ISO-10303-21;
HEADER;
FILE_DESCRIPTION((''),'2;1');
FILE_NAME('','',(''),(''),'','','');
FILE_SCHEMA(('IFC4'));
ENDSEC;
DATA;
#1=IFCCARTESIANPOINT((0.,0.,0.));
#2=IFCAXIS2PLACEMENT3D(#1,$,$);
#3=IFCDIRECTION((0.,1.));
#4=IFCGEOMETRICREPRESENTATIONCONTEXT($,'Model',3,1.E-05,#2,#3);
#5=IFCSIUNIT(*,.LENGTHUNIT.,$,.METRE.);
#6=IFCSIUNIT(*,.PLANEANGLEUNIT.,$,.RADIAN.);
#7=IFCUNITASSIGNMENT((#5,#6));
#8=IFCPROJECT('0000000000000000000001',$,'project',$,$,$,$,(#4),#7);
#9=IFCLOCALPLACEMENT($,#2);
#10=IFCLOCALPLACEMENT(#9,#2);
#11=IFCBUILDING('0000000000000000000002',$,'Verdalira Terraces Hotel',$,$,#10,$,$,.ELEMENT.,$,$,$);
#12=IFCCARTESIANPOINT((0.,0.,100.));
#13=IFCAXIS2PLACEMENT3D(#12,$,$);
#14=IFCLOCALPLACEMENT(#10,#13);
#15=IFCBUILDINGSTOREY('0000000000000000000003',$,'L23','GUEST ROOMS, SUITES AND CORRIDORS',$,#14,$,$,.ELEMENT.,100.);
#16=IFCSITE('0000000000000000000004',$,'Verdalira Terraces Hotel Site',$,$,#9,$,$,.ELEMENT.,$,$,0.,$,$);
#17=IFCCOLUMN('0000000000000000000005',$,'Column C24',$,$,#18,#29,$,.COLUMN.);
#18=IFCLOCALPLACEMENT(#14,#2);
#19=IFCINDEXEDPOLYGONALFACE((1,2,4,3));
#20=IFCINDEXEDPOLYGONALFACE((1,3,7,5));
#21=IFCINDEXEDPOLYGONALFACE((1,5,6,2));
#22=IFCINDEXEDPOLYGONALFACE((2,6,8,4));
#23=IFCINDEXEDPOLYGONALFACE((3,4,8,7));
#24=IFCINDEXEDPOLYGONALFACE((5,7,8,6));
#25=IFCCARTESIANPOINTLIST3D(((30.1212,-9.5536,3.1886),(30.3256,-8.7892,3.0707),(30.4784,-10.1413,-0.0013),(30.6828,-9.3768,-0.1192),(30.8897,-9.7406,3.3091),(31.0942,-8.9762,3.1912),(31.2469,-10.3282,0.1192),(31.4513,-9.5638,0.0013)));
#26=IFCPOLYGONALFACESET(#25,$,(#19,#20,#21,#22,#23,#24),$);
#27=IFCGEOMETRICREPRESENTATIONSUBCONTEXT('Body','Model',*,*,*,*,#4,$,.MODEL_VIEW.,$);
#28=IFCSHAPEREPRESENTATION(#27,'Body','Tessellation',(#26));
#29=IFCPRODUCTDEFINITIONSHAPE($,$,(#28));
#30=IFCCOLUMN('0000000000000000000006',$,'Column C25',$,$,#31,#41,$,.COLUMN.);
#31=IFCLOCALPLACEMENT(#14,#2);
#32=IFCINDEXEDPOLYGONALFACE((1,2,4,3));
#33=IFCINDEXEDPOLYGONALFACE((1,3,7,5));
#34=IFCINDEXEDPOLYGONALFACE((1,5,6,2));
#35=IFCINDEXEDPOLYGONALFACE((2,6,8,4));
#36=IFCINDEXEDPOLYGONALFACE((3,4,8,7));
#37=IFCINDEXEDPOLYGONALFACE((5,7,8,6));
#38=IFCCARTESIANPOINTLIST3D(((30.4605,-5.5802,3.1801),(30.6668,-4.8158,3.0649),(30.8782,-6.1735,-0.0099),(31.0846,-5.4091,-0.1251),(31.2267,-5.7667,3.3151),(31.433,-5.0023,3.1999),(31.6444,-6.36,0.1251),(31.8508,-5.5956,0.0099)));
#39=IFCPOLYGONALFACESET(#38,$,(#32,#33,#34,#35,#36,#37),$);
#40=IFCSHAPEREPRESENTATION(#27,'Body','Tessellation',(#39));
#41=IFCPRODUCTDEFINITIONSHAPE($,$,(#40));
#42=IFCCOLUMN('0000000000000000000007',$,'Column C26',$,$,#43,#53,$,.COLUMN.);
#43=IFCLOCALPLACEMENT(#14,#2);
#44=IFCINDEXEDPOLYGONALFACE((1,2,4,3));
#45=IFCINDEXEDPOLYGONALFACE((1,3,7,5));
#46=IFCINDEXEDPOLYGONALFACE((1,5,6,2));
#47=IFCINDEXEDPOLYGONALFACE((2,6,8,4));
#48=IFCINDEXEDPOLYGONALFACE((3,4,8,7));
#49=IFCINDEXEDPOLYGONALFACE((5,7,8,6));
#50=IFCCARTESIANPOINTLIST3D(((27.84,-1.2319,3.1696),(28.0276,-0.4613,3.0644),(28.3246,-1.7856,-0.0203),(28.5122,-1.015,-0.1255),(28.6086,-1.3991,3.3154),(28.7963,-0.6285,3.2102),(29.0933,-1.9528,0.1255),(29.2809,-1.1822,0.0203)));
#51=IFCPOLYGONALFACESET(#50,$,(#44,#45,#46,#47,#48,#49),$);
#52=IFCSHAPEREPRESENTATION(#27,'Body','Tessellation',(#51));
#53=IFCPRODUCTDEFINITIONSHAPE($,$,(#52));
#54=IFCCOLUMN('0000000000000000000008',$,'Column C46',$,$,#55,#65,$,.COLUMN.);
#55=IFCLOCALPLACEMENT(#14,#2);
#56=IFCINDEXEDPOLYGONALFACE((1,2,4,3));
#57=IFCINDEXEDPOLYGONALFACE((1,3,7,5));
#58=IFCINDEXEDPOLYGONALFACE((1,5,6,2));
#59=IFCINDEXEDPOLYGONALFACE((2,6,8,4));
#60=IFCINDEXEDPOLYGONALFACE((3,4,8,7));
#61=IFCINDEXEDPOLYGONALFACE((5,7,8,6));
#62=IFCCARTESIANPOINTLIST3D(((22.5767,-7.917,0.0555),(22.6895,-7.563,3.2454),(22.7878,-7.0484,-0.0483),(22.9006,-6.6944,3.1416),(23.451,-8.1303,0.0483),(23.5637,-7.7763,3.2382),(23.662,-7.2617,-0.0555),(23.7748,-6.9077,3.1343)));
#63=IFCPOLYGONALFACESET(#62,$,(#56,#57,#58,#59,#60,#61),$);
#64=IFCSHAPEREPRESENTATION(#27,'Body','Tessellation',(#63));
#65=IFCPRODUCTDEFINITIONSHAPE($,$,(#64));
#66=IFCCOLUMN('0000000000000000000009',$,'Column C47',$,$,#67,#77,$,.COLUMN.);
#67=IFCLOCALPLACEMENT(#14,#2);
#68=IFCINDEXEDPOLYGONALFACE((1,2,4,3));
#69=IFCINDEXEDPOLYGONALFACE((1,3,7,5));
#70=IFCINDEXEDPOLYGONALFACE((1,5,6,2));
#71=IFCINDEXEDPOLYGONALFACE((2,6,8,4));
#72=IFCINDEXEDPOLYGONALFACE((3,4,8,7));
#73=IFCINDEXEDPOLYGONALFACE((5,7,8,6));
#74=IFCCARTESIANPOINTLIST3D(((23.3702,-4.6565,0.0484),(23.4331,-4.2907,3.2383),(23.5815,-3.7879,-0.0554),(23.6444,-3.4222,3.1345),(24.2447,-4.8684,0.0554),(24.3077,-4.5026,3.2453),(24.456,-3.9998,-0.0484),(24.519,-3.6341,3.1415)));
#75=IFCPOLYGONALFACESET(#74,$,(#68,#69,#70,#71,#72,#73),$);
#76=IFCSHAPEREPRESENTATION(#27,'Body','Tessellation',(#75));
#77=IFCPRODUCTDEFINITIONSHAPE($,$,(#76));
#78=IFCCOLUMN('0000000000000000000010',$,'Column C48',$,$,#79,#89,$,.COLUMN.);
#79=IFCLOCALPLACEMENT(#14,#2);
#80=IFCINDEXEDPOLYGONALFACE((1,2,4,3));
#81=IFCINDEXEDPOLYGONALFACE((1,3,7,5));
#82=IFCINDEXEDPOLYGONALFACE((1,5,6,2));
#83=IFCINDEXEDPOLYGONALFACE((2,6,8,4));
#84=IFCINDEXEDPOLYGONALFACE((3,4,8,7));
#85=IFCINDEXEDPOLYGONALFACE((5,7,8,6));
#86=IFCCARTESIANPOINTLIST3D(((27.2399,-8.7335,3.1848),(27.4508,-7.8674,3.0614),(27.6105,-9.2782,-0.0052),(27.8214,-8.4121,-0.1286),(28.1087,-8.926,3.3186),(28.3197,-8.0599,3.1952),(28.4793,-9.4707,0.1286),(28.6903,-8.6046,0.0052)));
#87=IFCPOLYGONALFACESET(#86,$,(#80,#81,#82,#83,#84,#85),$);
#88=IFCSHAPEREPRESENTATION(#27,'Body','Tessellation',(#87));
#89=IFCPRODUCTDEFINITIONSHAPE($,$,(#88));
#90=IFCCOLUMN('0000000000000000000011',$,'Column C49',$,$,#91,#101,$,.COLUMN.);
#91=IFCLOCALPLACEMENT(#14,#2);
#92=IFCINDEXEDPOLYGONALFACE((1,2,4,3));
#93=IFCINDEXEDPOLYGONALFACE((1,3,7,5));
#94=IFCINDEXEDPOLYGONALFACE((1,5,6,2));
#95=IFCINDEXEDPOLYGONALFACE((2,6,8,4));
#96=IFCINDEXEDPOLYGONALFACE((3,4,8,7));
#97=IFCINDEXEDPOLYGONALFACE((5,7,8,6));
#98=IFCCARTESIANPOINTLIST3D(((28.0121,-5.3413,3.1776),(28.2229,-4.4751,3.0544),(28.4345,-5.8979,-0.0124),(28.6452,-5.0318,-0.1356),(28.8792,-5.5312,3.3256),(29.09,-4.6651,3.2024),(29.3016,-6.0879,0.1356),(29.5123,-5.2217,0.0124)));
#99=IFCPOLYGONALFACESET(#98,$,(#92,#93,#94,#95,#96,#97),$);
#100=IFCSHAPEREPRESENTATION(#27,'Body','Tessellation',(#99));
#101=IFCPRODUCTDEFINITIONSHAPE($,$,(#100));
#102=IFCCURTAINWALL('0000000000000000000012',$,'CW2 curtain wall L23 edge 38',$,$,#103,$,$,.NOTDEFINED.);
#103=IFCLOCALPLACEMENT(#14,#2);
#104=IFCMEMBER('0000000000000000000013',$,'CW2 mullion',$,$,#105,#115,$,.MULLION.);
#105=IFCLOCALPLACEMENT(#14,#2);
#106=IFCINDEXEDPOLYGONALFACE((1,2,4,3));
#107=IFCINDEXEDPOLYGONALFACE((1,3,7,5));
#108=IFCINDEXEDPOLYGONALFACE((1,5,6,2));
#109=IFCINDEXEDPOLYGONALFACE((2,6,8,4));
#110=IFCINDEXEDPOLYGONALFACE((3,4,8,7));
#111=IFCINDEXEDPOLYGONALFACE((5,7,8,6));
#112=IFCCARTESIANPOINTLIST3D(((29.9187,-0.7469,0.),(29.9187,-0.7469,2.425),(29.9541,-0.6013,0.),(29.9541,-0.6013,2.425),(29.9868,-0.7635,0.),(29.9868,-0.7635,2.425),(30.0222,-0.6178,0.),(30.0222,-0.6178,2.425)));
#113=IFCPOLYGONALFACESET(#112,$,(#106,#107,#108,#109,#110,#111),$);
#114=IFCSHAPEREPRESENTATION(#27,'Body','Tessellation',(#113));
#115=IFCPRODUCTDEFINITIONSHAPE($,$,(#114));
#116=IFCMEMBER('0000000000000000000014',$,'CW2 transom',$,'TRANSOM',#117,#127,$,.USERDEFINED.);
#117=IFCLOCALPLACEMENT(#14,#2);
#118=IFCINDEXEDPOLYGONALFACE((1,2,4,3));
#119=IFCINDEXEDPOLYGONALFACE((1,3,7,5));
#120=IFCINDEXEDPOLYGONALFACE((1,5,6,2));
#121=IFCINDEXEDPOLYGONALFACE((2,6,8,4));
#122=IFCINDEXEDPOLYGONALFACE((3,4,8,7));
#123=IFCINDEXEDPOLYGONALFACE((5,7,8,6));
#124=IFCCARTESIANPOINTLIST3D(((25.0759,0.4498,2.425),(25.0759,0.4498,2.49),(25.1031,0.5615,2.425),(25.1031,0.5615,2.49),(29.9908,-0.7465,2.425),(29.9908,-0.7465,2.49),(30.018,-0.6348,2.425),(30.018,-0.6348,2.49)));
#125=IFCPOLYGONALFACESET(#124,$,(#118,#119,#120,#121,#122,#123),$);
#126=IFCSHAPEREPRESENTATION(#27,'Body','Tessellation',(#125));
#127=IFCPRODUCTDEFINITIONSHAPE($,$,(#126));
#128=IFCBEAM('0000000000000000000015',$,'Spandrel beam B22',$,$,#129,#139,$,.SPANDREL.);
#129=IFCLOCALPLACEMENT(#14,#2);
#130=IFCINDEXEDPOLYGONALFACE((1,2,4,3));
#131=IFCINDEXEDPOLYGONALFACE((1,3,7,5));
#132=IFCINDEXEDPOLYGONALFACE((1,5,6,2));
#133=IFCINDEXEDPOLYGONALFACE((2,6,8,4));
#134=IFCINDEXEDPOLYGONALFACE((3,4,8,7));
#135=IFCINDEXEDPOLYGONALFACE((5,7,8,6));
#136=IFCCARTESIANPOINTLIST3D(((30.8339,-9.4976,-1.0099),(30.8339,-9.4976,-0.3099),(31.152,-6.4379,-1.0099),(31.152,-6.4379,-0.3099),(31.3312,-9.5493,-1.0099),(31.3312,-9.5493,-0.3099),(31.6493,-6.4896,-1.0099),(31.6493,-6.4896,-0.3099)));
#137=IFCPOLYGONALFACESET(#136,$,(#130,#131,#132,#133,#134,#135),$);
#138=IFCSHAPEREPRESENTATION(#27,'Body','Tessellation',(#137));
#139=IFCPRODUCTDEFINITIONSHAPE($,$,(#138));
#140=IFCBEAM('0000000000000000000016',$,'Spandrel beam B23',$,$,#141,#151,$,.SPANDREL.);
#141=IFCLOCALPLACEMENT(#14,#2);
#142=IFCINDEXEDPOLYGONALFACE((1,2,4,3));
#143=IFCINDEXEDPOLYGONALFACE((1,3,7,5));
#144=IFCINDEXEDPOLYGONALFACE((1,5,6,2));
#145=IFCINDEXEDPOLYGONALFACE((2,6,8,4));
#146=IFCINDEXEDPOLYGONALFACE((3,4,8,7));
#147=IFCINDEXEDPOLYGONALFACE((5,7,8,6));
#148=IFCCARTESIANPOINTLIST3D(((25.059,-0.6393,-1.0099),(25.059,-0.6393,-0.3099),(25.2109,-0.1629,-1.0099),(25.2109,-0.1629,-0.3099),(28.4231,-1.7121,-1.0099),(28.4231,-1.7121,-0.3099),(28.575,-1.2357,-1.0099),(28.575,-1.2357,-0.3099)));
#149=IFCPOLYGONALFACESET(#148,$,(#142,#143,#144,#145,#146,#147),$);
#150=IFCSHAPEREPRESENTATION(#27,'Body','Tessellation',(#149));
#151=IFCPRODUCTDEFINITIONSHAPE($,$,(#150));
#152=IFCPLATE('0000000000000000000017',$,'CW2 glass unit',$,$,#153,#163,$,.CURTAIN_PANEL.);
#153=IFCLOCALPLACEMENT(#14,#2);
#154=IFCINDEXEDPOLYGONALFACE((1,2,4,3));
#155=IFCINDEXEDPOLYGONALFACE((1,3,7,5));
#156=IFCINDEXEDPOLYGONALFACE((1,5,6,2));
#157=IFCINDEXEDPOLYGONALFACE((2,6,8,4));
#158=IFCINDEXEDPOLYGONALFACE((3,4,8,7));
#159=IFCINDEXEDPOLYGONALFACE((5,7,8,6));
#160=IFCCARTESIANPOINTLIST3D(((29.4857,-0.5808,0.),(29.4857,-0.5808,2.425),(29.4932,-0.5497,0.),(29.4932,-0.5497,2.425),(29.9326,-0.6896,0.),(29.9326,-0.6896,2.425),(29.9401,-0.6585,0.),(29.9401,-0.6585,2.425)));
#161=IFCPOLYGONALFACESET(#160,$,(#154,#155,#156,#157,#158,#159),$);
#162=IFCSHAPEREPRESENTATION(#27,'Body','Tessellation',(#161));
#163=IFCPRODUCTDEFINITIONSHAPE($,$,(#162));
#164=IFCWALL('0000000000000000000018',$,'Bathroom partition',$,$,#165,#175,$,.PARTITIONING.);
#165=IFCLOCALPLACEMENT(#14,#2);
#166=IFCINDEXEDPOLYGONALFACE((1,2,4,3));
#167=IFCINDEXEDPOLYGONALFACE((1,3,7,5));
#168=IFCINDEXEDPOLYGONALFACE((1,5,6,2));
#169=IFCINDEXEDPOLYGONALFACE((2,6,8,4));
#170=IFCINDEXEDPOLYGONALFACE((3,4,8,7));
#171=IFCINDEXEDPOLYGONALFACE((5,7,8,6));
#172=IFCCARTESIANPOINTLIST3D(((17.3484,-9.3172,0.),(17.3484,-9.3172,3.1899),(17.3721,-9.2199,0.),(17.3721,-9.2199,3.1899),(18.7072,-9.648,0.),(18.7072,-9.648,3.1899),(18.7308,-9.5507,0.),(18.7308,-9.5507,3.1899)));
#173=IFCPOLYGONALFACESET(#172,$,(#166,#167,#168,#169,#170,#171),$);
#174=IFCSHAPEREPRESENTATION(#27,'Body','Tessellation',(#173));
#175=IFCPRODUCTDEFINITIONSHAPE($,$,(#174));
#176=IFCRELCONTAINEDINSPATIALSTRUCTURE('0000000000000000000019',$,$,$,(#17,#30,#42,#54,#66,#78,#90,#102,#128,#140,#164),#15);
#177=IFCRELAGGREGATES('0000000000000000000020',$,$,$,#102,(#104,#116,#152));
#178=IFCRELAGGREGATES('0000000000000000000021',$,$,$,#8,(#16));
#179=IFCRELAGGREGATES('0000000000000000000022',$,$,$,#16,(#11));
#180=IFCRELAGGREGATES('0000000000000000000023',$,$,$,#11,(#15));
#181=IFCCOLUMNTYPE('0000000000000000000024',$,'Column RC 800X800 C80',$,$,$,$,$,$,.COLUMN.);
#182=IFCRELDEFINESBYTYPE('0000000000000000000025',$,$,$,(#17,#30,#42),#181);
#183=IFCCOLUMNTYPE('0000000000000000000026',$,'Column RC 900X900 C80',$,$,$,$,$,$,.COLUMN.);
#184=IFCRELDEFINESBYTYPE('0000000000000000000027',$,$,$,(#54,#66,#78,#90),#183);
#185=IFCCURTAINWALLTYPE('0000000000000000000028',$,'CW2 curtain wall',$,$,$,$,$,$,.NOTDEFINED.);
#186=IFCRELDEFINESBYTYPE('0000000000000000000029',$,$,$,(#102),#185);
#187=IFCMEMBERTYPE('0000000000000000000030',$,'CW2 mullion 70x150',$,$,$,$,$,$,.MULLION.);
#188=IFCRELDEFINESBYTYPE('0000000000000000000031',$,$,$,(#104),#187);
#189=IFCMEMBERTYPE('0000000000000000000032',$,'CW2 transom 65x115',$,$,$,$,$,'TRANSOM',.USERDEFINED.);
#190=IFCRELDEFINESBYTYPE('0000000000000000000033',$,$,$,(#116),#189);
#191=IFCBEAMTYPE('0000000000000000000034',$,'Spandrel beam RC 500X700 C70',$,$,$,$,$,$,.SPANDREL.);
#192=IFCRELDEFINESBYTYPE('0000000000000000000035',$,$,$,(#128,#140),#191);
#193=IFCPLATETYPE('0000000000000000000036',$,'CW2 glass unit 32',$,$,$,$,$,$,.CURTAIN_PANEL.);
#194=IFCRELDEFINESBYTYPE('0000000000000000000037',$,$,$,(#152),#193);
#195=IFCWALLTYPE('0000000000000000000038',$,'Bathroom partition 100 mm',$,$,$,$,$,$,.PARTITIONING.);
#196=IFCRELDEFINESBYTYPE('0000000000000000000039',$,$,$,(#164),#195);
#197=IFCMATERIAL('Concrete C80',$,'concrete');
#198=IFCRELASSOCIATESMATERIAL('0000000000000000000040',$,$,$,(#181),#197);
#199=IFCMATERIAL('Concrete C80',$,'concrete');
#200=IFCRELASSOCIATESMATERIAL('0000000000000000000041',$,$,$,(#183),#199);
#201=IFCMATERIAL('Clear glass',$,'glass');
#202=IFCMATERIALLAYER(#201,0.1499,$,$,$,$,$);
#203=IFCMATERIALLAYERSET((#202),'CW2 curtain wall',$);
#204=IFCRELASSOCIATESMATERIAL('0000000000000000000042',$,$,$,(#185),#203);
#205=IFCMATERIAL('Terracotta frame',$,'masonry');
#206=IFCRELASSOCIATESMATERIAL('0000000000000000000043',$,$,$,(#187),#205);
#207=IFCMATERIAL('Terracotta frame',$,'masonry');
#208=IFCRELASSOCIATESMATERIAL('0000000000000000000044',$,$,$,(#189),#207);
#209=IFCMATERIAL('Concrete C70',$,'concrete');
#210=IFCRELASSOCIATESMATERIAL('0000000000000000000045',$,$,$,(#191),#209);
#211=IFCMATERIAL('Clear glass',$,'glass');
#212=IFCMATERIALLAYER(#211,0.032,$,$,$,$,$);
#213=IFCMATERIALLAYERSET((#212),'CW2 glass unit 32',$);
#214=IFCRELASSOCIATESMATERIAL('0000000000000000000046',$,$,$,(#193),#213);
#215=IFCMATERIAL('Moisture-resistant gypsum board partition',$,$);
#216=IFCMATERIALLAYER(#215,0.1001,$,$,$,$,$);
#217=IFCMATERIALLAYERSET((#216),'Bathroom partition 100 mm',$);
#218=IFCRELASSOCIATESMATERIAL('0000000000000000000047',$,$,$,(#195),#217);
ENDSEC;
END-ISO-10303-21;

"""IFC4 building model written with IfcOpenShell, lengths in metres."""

from ifc_helpers import new_model, si_unit, direction, frame, frame_2d, origin, origin_2d, place, context, subcontext, project, spatial, rectangle, extrude, material, layer, layer_set, material_profile, profile_set, type_object, element, aggregate, save


model = new_model("IFC4")

# Units and contexts
model_context = context("Model", 3, precision=1e-05, world=origin(), true_north=direction((0.0, 1.0)))
body_context = subcontext(model_context, "Body", "Model", "MODEL_VIEW")
ifc_project = project(units=[si_unit("LENGTHUNIT", "METRE"), si_unit("PLANEANGLEUNIT", "RADIAN")], contexts=[model_context])

# Site, building, storey
site_placement = place(None, origin())
site = spatial("IfcSite", under=ifc_project, at=site_placement, Name="Verdalira Terraces Hotel Site", CompositionType="ELEMENT", RefElevation=0.0)
building_placement = place(site_placement, origin())
building = spatial("IfcBuilding", under=site, at=building_placement, Name="Verdalira Terraces Hotel", CompositionType="ELEMENT")
storey_placement = place(building_placement, frame((0.0, 0.0, 100.0)))
storey = spatial("IfcBuildingStorey", under=building, at=storey_placement, Name="L23", Description="GUEST ROOMS, SUITES AND CORRIDORS", CompositionType="ELEMENT", Elevation=100.0)

# Columns
ifc_material_1 = material(Name="Concrete C80", Category="concrete")
ifc_material_profile_1 = material_profile(ifc_material_1, rectangle(XDim=0.8, YDim=0.8, at=origin_2d()), Name="RC 800X800")
ifc_profile_set_1 = profile_set([ifc_material_profile_1], Name="Concrete C80")
column_type_1 = type_object("IfcColumnType", Name="Column RC 800X800 C80", PredefinedType="COLUMN", material=ifc_profile_set_1)
column_1_placement = place(storey_placement, frame((30.9648, -9.8525, 0.0), z_axis=(-0.109455, 0.180082, 0.977543), x_axis=(0.255562, 0.955489, -0.147404)))
element("IfcColumn", 1, at=column_1_placement, inside=storey, type_object=column_type_1, Name="Column C24", PredefinedType="COLUMN", context=body_context, shape_type="SweptSolid", body=[
    extrude(rectangle(XDim=0.8, YDim=0.8, at=origin_2d()), origin(), (0.0, 0.0, 1.0), 3.2632),
])
column_2_placement = place(storey_placement, frame((31.3645, -5.8845, 0.0), z_axis=(-0.127689, 0.181347, 0.975094), x_axis=(0.257908, 0.955392, -0.143909)))
element("IfcColumn", 2, at=column_2_placement, inside=storey, type_object=column_type_1, Name="Column C25", PredefinedType="COLUMN", context=body_context, shape_type="SweptSolid", body=[
    extrude(rectangle(XDim=0.8, YDim=0.8, at=origin_2d()), origin(), (0.0, 0.0, 1.0), 3.2715),
])
column_3_placement = place(storey_placement, frame((28.8027, -1.4839, 0.0), z_axis=(-0.148034, 0.169139, 0.974412), x_axis=(-0.960776, 0.209036, -0.182247)))
element("IfcColumn", 3, at=column_3_placement, inside=storey, type_object=column_type_1, Name="Column C26", PredefinedType="COLUMN", context=body_context, shape_type="SweptSolid", body=[
    extrude(rectangle(XDim=0.8, YDim=0.8, at=origin_2d()), origin(), (0.0, 0.0, 1.0), 3.2737),
])
ifc_material_2 = material(Name="Concrete C80", Category="concrete")
ifc_material_profile_2 = material_profile(ifc_material_2, rectangle(XDim=0.8999, YDim=0.8999, at=origin_2d()), Name="RC 900X900")
ifc_profile_set_2 = profile_set([ifc_material_profile_2], Name="Concrete C80")
column_type_2 = type_object("IfcColumnType", Name="Column RC 900X900 C80", PredefinedType="COLUMN", material=ifc_profile_set_2)
for number, where, z_axis, x_axis, name in (
    (4, (23.1194, -7.5894, 0.0), (0.035122, 0.11023, 0.993285), (0.971464, -0.23705, -0.008043), "Column C46"),
    (5, (23.9131, -4.3281, 0.0), (0.019614, 0.113881, 0.993301), (0.971846, -0.235489, 0.007809), "Column C47"),
):
    element("IfcColumn", number, at=place(storey_placement, frame(where, z_axis=z_axis, x_axis=x_axis)), inside=storey, type_object=column_type_2, Name=name, PredefinedType="COLUMN", context=body_context, shape_type="SweptSolid", body=[
        extrude(rectangle(XDim=0.8999, YDim=0.8999, at=origin_2d()), origin(), (0.0, 0.0, 1.0), 3.2114),
    ])
column_4_placement = place(storey_placement, frame((28.1504, -8.9414, 0.0), z_axis=(-0.113778, 0.16722, 0.979332), x_axis=(0.965462, -0.213944, 0.148697)))
element("IfcColumn", 6, at=column_4_placement, inside=storey, type_object=column_type_2, Name="Column C48", PredefinedType="COLUMN", context=body_context, shape_type="SweptSolid", body=[
    extrude(rectangle(XDim=0.8999, YDim=0.8999, at=origin_2d()), origin(), (0.0, 0.0, 1.0), 3.2573),
])
column_5_placement = place(storey_placement, frame((28.9734, -5.5598, 0.0), z_axis=(-0.129338, 0.170457, 0.97684), x_axis=(0.963543, -0.211077, 0.16441)))
element("IfcColumn", 7, at=column_5_placement, inside=storey, type_object=column_type_2, Name="Column C49", PredefinedType="COLUMN", context=body_context, shape_type="SweptSolid", body=[
    extrude(rectangle(XDim=0.8999, YDim=0.8999, at=origin_2d()), origin(), (0.0, 0.0, 1.0), 3.2656),
])

# Curtain wall, members
ifc_material_3 = material(Name="Clear glass", Category="glass")
ifc_layer_1 = layer(ifc_material_3, 0.1499)
ifc_layer_set_1 = layer_set([ifc_layer_1], Name="CW2 curtain wall")
curtain_wall_type = type_object("IfcCurtainWallType", Name="CW2 curtain wall", PredefinedType="NOTDEFINED", material=ifc_layer_set_1)
curtain_wall_placement = place(storey_placement, origin())
curtain_wall = element("IfcCurtainWall", 8, at=curtain_wall_placement, inside=storey, type_object=curtain_wall_type, Name="CW2 curtain wall L23 edge 38", PredefinedType="NOTDEFINED")
ifc_material_4 = material(Name="Terracotta frame", Category="masonry")
ifc_material_profile_3 = material_profile(ifc_material_4, rectangle(XDim=0.0701, YDim=0.1499, at=origin_2d()), Name="MU 70x150")
ifc_profile_set_3 = profile_set([ifc_material_profile_3], Name="Terracotta frame")
member_type_1 = type_object("IfcMemberType", Name="CW2 mullion 70x150", PredefinedType="MULLION", material=ifc_profile_set_3)
member_1_placement = place(storey_placement, frame((29.9705, -0.6824, 0.0), z_axis=(0.0, 0.0, 1.0), x_axis=(-0.971632, 0.236499, 0.0)))
member_1 = element("IfcMember", 9, at=member_1_placement, type_object=member_type_1, Name="CW2 mullion", PredefinedType="MULLION", context=body_context, shape_type="SweptSolid", body=[
    extrude(rectangle(XDim=0.0701, YDim=0.1499, at=origin_2d()), origin(), (0.0, 0.0, 1.0), 2.425),
])
ifc_material_5 = material(Name="Terracotta frame", Category="masonry")
ifc_material_profile_4 = material_profile(ifc_material_5, rectangle(XDim=0.115, YDim=0.0649, at=origin_2d()), Name="TR 65x115")
ifc_profile_set_4 = profile_set([ifc_material_profile_4], Name="Terracotta frame")
member_type_2 = type_object("IfcMemberType", Name="CW2 transom 65x115", ElementType="TRANSOM", PredefinedType="USERDEFINED", material=ifc_profile_set_4)
member_2_placement = place(storey_placement, frame((30.0044, -0.6907, 2.4575), z_axis=(-0.971631, 0.236501, 0.0), x_axis=(-0.236501, -0.971631, 0.0)))
member_2 = element("IfcMember", 10, at=member_2_placement, type_object=member_type_2, Name="CW2 transom", ObjectType="TRANSOM", PredefinedType="USERDEFINED", context=body_context, shape_type="SweptSolid", body=[
    extrude(rectangle(XDim=0.115, YDim=0.0649, at=origin_2d()), origin(), (0.0, 0.0, 1.0), 5.0583),
])

# Beams
ifc_material_6 = material(Name="Concrete C70", Category="concrete")
ifc_material_profile_5 = material_profile(ifc_material_6, rectangle(XDim=0.5, YDim=0.7, at=origin_2d()), Name="RC 500X700")
ifc_profile_set_5 = profile_set([ifc_material_profile_5], Name="Concrete C70")
beam_type = type_object("IfcBeamType", Name="Spandrel beam RC 500X700 C70", PredefinedType="SPANDREL", material=ifc_profile_set_5)
beam_1_placement = place(storey_placement, frame((31.0825, -9.5234, -0.6599), z_axis=(0.103416, 0.994638, 0.0), x_axis=(-0.994638, 0.103416, 0.0)))
element("IfcBeam", 11, at=beam_1_placement, inside=storey, type_object=beam_type, Name="Spandrel beam B22", PredefinedType="SPANDREL", context=body_context, shape_type="SweptSolid", body=[
    extrude(rectangle(XDim=0.5, YDim=0.7, at=origin_2d()), origin(), (0.0, 0.0, 1.0), 3.0762),
])
beam_2_placement = place(storey_placement, frame((28.499, -1.4739, -0.6599), z_axis=(-0.95273, 0.303817, 0.0), x_axis=(-0.303817, -0.95273, 0.0)))
element("IfcBeam", 12, at=beam_2_placement, inside=storey, type_object=beam_type, Name="Spandrel beam B23", PredefinedType="SPANDREL", context=body_context, shape_type="SweptSolid", body=[
    extrude(rectangle(XDim=0.5, YDim=0.7, at=origin_2d()), origin(), (0.0, 0.0, 1.0), 3.531),
])

# Plate
ifc_material_7 = material(Name="Clear glass", Category="glass")
ifc_layer_2 = layer(ifc_material_7, 0.032)
ifc_layer_set_2 = layer_set([ifc_layer_2], Name="CW2 glass unit 32")
plate_type = type_object("IfcPlateType", Name="CW2 glass unit 32", PredefinedType="CURTAIN_PANEL", material=ifc_layer_set_2)
plate_placement = place(storey_placement, frame((29.7129, -0.6196, 0.0), z_axis=(0.0, 0.0, 1.0), x_axis=(-0.971632, 0.236499, 0.0)))
plate = element("IfcPlate", 13, at=plate_placement, type_object=plate_type, Name="CW2 glass unit", PredefinedType="CURTAIN_PANEL", context=body_context, shape_type="SweptSolid", body=[
    extrude(rectangle(XDim=0.46, YDim=0.032, at=origin_2d()), origin(), (0.0, 0.0, 1.0), 2.425),
])
aggregate(curtain_wall, [member_1, member_2, plate])

# Wall
ifc_material_8 = material(Name="Moisture-resistant gypsum board partition")
ifc_layer_3 = layer(ifc_material_8, 0.1001)
ifc_layer_set_3 = layer_set([ifc_layer_3], Name="Bathroom partition 100 mm")
wall_type_1 = type_object("IfcWallType", Name="Bathroom partition 100 mm", PredefinedType="PARTITIONING", material=ifc_layer_set_3)
wall_1_placement = place(storey_placement, frame((18.719, -9.5994, 0.0), z_axis=(0.0, 0.0, 1.0), x_axis=(-0.971613, 0.236574, 0.0)))
element("IfcWall", 14, at=wall_1_placement, inside=storey, type_object=wall_type_1, Name="Bathroom partition", PredefinedType="PARTITIONING", context=body_context, shape_type="SweptSolid", body=[
    extrude(rectangle(XDim=1.3984, YDim=0.1001, at=frame_2d((0.6992, 0.0))), origin(), (0.0, 0.0, 1.0), 3.1899),
])

save(model, "model.ifc")
